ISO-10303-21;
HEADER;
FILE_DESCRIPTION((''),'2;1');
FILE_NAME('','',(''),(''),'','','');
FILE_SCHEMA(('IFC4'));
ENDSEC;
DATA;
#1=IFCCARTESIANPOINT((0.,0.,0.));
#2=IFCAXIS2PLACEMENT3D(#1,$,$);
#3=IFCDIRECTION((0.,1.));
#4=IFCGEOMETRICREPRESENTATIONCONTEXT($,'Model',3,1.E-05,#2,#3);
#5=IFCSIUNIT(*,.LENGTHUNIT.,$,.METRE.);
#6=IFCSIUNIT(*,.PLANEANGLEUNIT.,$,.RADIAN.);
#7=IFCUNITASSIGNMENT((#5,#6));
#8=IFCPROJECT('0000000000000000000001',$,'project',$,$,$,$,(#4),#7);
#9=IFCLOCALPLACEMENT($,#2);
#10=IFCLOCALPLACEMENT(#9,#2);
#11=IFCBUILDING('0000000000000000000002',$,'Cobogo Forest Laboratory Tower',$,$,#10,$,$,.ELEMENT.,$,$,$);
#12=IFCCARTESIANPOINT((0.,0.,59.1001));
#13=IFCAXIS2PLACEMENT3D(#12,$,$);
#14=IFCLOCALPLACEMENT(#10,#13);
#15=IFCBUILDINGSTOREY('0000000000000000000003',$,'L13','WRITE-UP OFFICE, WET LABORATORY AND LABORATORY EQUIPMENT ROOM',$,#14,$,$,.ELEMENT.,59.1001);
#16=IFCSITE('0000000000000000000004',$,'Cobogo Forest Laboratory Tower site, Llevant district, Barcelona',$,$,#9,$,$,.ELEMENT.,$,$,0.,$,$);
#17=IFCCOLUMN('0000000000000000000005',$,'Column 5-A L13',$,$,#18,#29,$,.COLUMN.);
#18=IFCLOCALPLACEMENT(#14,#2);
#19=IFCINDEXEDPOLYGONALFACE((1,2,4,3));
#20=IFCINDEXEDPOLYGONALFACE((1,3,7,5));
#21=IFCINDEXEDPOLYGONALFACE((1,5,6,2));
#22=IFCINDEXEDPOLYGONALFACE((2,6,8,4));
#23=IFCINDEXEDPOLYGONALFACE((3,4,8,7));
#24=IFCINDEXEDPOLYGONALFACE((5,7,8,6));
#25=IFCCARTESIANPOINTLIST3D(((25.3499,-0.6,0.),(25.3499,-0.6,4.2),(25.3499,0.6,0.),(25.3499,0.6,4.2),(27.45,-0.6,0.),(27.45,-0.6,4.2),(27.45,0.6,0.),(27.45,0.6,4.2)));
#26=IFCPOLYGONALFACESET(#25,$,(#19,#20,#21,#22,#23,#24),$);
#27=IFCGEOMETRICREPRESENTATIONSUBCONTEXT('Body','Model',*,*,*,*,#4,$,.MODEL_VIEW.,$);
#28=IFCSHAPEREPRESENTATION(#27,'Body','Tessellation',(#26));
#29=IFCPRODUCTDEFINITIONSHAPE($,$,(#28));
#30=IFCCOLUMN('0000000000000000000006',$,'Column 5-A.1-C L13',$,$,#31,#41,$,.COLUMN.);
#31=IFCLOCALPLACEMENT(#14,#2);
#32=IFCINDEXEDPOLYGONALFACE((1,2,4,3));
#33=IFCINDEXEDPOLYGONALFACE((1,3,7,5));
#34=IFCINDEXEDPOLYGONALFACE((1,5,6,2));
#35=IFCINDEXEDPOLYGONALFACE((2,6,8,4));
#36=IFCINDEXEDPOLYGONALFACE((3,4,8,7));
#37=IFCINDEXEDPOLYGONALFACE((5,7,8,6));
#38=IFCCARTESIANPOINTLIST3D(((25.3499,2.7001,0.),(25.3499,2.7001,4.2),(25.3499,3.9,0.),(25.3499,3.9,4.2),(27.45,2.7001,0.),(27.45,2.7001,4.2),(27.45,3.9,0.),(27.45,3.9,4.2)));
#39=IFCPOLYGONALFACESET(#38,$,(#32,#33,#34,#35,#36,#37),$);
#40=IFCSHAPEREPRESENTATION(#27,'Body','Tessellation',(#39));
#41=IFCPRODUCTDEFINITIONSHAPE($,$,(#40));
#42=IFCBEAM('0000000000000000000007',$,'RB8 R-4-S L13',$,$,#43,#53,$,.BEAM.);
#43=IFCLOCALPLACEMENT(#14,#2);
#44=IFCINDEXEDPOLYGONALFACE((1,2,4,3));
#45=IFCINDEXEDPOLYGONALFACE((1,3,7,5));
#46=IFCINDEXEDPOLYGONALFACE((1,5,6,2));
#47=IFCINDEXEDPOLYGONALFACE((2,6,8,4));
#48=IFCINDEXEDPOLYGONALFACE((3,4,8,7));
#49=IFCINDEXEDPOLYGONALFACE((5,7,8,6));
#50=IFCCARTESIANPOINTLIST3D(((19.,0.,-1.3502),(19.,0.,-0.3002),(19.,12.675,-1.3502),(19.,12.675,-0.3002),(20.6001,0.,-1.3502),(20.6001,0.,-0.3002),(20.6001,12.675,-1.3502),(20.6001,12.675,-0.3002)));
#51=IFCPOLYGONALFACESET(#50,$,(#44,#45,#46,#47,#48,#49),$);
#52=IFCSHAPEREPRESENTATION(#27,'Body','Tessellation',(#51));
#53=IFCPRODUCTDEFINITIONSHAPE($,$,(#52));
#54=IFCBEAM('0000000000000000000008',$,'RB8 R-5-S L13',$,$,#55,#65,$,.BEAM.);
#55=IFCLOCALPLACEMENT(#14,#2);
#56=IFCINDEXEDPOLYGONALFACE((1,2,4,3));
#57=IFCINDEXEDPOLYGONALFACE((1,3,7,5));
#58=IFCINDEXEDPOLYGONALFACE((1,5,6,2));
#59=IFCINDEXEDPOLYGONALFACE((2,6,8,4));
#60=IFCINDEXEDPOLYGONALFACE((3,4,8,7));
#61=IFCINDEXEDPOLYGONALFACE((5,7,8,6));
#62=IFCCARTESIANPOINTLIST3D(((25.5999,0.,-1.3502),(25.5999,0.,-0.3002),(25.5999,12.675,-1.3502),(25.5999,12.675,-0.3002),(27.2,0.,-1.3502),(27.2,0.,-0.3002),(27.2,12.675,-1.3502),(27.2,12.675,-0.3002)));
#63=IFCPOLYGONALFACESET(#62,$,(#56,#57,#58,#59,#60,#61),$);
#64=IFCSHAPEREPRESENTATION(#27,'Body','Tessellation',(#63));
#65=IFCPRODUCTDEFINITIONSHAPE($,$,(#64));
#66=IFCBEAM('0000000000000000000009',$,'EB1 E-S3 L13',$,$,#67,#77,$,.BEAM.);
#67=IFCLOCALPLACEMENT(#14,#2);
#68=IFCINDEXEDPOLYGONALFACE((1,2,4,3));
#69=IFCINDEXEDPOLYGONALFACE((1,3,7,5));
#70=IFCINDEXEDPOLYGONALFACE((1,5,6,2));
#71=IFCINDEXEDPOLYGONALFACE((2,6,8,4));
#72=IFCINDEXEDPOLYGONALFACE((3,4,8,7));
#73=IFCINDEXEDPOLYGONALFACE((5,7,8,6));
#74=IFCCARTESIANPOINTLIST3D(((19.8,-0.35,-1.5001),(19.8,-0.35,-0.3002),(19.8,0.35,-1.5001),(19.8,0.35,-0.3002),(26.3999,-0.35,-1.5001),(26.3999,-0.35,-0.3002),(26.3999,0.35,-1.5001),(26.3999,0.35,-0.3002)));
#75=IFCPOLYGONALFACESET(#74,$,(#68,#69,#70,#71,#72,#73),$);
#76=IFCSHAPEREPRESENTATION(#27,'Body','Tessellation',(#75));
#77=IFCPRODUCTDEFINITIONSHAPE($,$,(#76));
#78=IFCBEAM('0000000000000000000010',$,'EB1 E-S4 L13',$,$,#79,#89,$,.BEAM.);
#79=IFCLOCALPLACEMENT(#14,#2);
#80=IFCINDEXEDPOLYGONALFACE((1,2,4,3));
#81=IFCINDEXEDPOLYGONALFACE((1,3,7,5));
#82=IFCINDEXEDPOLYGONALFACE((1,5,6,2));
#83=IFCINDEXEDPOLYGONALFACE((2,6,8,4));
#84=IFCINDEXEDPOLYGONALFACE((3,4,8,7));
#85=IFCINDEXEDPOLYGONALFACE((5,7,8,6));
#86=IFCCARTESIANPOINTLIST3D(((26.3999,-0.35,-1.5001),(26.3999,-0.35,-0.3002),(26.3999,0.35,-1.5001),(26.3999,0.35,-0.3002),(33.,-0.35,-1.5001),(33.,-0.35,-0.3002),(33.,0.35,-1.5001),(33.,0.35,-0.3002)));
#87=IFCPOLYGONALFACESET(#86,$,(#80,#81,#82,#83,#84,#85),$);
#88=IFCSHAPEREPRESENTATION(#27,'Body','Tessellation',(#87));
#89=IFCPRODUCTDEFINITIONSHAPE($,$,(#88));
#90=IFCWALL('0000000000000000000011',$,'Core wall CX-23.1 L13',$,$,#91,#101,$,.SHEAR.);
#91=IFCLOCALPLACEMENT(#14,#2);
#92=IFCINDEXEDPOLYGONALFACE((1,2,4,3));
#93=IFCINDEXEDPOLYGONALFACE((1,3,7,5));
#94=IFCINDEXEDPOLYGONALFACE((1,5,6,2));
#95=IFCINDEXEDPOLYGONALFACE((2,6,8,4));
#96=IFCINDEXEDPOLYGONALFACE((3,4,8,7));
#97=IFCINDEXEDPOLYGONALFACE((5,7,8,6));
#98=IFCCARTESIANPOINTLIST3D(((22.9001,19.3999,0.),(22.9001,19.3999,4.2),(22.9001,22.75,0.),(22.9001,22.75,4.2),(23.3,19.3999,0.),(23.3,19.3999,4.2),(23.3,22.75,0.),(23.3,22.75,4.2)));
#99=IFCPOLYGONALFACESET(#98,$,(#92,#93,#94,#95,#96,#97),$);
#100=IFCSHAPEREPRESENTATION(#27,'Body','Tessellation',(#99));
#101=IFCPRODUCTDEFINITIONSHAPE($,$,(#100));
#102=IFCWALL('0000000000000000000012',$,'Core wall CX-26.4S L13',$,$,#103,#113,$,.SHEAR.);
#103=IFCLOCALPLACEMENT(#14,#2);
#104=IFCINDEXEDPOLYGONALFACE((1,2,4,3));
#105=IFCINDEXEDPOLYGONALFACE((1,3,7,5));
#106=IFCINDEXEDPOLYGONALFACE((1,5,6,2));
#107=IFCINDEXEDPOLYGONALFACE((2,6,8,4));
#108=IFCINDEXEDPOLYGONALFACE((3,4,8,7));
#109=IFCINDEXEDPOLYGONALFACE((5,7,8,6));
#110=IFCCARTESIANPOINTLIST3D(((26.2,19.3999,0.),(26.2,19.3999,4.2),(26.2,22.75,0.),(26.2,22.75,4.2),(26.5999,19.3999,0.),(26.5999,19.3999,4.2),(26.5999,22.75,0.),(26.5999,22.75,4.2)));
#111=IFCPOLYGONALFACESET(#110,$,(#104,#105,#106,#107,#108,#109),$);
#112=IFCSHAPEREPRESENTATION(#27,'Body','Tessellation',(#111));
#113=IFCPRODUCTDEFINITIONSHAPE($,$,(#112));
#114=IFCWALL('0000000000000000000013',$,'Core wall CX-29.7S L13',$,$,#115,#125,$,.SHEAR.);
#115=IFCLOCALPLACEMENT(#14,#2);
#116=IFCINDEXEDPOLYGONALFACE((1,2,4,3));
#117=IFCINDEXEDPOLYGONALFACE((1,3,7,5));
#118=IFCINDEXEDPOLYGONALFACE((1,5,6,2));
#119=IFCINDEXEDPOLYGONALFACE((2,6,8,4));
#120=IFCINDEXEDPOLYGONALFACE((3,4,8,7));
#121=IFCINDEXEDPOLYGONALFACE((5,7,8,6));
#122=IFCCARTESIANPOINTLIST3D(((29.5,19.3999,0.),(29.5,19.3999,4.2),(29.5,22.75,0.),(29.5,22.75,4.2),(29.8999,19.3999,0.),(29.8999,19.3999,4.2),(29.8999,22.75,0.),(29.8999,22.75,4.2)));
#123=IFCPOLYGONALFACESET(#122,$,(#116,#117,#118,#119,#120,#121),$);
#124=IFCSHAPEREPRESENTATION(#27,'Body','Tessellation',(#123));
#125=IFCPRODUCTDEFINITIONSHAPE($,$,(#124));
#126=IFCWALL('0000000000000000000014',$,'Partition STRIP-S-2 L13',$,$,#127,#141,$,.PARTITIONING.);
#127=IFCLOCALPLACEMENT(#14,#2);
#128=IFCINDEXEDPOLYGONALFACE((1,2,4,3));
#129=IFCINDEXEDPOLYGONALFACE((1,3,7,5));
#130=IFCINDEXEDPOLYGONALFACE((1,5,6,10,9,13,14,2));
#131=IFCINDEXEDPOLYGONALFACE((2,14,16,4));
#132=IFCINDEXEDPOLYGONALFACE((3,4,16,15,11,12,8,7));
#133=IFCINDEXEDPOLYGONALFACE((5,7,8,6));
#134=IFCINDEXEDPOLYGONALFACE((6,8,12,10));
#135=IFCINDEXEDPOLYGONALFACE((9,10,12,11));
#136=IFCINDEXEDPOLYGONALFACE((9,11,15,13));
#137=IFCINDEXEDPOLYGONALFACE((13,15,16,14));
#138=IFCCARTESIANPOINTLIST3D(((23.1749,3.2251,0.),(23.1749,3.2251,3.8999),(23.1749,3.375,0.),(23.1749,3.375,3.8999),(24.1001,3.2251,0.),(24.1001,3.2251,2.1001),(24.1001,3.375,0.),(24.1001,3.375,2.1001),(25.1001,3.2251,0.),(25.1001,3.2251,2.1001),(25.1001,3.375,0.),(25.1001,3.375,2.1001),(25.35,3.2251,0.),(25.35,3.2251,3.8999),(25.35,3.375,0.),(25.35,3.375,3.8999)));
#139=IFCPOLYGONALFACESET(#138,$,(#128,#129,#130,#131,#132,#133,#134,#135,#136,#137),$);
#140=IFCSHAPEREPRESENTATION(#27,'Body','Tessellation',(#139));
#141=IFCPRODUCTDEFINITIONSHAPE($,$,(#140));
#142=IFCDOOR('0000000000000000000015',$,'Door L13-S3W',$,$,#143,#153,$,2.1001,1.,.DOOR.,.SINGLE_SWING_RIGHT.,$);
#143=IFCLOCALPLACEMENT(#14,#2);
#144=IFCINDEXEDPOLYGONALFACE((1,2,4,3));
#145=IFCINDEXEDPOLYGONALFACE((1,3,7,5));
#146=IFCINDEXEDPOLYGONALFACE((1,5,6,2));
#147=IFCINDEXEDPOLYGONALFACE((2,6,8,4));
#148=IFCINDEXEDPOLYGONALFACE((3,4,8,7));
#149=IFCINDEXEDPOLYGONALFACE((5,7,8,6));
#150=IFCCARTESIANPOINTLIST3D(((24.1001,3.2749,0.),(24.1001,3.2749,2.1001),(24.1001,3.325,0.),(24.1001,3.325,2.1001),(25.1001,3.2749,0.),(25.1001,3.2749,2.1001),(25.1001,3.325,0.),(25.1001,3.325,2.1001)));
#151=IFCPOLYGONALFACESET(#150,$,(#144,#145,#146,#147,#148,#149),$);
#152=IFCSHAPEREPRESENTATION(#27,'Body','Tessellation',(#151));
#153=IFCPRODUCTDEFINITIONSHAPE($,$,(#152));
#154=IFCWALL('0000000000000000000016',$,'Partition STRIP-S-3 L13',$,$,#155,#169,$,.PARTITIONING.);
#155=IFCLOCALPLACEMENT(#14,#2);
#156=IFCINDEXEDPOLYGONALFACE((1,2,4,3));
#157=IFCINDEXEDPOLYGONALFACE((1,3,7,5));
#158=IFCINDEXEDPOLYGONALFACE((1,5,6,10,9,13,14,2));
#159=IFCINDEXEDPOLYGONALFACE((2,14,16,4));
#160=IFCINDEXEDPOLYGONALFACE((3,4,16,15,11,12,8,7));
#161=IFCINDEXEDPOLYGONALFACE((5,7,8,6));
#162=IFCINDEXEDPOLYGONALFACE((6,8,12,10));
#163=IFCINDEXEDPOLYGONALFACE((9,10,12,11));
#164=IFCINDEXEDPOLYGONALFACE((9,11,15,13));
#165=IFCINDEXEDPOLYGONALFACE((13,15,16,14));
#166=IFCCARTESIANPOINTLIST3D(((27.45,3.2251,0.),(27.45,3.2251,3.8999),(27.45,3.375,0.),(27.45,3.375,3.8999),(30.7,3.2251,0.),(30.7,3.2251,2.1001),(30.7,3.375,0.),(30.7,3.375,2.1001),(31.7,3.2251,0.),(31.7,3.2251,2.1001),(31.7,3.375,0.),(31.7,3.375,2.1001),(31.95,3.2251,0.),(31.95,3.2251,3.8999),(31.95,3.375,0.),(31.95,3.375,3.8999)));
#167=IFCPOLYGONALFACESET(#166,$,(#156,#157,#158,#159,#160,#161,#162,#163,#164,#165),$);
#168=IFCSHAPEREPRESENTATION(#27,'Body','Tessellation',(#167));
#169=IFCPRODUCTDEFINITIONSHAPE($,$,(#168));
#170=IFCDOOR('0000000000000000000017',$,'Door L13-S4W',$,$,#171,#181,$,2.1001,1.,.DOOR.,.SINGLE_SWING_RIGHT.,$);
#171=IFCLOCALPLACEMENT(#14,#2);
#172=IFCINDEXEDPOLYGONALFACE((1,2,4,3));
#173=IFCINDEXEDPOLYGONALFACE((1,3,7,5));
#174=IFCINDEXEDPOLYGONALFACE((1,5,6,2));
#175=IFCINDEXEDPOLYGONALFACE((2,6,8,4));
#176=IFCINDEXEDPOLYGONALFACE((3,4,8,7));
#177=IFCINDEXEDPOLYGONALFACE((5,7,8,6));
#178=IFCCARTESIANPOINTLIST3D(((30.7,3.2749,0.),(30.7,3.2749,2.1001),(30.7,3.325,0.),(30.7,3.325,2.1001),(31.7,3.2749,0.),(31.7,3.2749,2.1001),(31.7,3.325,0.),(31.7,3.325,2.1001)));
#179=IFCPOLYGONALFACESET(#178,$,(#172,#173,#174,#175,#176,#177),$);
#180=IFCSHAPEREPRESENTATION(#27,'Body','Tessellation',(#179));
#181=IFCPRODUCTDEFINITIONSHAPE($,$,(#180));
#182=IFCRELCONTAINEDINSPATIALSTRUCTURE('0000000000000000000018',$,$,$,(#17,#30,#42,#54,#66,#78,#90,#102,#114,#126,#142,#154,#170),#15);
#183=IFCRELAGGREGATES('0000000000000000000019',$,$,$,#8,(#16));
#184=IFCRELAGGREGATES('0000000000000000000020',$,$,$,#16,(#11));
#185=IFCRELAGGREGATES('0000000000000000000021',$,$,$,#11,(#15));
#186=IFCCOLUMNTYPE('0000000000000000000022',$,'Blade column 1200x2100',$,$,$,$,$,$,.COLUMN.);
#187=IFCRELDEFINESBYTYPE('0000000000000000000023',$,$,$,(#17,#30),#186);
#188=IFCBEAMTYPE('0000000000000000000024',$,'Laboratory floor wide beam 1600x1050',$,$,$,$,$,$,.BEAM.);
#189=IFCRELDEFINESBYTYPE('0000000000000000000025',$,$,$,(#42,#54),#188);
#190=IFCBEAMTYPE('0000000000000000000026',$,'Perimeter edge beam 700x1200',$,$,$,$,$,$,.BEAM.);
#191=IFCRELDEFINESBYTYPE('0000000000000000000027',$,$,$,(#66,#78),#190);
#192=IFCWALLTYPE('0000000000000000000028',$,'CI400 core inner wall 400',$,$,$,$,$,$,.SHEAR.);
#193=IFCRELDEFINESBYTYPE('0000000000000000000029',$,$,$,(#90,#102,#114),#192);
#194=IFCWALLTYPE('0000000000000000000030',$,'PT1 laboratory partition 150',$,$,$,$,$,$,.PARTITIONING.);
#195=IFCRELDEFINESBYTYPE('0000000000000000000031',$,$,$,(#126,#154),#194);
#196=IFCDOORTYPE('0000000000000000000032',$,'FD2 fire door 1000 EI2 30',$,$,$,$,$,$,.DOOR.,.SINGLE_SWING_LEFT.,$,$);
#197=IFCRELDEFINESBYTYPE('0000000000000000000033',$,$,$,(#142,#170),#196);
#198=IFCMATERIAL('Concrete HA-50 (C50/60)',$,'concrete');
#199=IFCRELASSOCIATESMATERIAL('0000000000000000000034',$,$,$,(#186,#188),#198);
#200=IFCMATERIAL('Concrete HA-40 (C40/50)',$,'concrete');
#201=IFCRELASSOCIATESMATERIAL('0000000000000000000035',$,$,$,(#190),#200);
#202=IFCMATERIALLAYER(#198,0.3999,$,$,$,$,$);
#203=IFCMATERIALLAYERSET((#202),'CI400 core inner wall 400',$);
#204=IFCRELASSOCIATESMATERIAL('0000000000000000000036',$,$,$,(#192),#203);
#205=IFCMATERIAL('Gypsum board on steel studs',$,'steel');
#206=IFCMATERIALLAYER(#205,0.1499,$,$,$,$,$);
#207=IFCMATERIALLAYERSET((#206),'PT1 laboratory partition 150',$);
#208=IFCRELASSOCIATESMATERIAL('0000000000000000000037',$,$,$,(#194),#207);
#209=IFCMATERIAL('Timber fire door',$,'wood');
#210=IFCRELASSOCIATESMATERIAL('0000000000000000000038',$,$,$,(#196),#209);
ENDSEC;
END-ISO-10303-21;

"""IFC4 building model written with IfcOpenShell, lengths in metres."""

from ifc_helpers import new_model, si_unit, direction, frame, frame_2d, origin, origin_2d, place, context, subcontext, project, spatial, rectangle, extrude, material, layer, layer_set, material_profile, profile_set, type_object, element, fill, save


model = new_model("IFC4")

# Units and contexts
model_context = context("Model", 3, precision=1e-05, world=origin(), true_north=direction((0.0, 1.0)))
body_context = subcontext(model_context, "Body", "Model", "MODEL_VIEW")
ifc_project = project(units=[si_unit("LENGTHUNIT", "METRE"), si_unit("PLANEANGLEUNIT", "RADIAN")], contexts=[model_context])

# Site, building, storey
site_placement = place(None, origin())
site = spatial("IfcSite", under=ifc_project, at=site_placement, Name="Cobogo Forest Laboratory Tower site, Llevant district, Barcelona", CompositionType="ELEMENT", RefElevation=0.0)
building_placement = place(site_placement, origin())
building = spatial("IfcBuilding", under=site, at=building_placement, Name="Cobogo Forest Laboratory Tower", CompositionType="ELEMENT")
storey_placement = place(building_placement, frame((0.0, 0.0, 59.1001)))
storey = spatial("IfcBuildingStorey", under=building, at=storey_placement, Name="L13", Description="WRITE-UP OFFICE, WET LABORATORY AND LABORATORY EQUIPMENT ROOM", CompositionType="ELEMENT", Elevation=59.1001)

# Columns
ifc_material_1 = material(Name="Concrete HA-50 (C50/60)", Category="concrete")
ifc_material_profile_1 = material_profile(ifc_material_1, rectangle(XDim=2.1001, YDim=1.2, at=origin_2d()), Name="RC 1200x2100")
ifc_profile_set_1 = profile_set([ifc_material_profile_1], Name="Concrete HA-50 (C50/60)")
column_type = type_object("IfcColumnType", Name="Blade column 1200x2100", PredefinedType="COLUMN", material=ifc_profile_set_1)
for number, where, z_axis, x_axis, name in (
    (1, (26.3999, 0.0, 0.0), (0.0, 0.0, 1.0), (1.0, 0.0, 0.0), "Column 5-A L13"),
    (2, (26.3999, 3.3, 0.0), (0.0, 0.0, 1.0), (1.0, 0.0, 0.0), "Column 5-A.1-C L13"),
):
    element("IfcColumn", number, at=place(storey_placement, frame(where, z_axis=z_axis, x_axis=x_axis)), inside=storey, type_object=column_type, Name=name, PredefinedType="COLUMN", context=body_context, shape_type="SweptSolid", body=[
        extrude(rectangle(XDim=2.1001, YDim=1.2, at=origin_2d()), origin(), (0.0, 0.0, 1.0), 4.2),
    ])

# Beams
ifc_material_profile_2 = material_profile(ifc_material_1, rectangle(XDim=1.6001, YDim=1.05, at=origin_2d()), Name="RC 1600x1050")
ifc_profile_set_2 = profile_set([ifc_material_profile_2], Name="Concrete HA-50 (C50/60)")
beam_type_1 = type_object("IfcBeamType", Name="Laboratory floor wide beam 1600x1050", PredefinedType="BEAM", material=ifc_profile_set_2)
for number, where, z_axis, x_axis, name in (
    (3, (19.8, 12.675, -0.8252), (0.0, -1.0, 0.0), (1.0, 0.0, 0.0), "RB8 R-4-S L13"),
    (4, (26.3999, 12.675, -0.8252), (0.0, -1.0, 0.0), (1.0, 0.0, 0.0), "RB8 R-5-S L13"),
):
    element("IfcBeam", number, at=place(storey_placement, frame(where, z_axis=z_axis, x_axis=x_axis)), inside=storey, type_object=beam_type_1, Name=name, PredefinedType="BEAM", context=body_context, shape_type="SweptSolid", body=[
        extrude(rectangle(XDim=1.6001, YDim=1.05, at=origin_2d()), origin(), (0.0, 0.0, 1.0), 12.675),
    ])
ifc_material_2 = material(Name="Concrete HA-40 (C40/50)", Category="concrete")
ifc_material_profile_3 = material_profile(ifc_material_2, rectangle(XDim=0.7, YDim=1.2, at=origin_2d()), Name="RC 700x1200")
ifc_profile_set_3 = profile_set([ifc_material_profile_3], Name="Concrete HA-40 (C40/50)")
beam_type_2 = type_object("IfcBeamType", Name="Perimeter edge beam 700x1200", PredefinedType="BEAM", material=ifc_profile_set_3)
beam_1_placement = place(storey_placement, frame((19.8, 0.0, -0.9001), z_axis=(1.0, 0.0, 0.0), x_axis=(0.0, 1.0, 0.0)))
element("IfcBeam", 5, at=beam_1_placement, inside=storey, type_object=beam_type_2, Name="EB1 E-S3 L13", PredefinedType="BEAM", context=body_context, shape_type="SweptSolid", body=[
    extrude(rectangle(XDim=0.7, YDim=1.2, at=origin_2d()), origin(), (0.0, 0.0, 1.0), 6.5999),
])
beam_2_placement = place(storey_placement, frame((26.3999, 0.0, -0.9001), z_axis=(1.0, 0.0, 0.0), x_axis=(0.0, 1.0, 0.0)))
element("IfcBeam", 6, at=beam_2_placement, inside=storey, type_object=beam_type_2, Name="EB1 E-S4 L13", PredefinedType="BEAM", context=body_context, shape_type="SweptSolid", body=[
    extrude(rectangle(XDim=0.7, YDim=1.2, at=origin_2d()), origin(), (0.0, 0.0, 1.0), 6.6001),
])

# Walls
ifc_layer_1 = layer(ifc_material_1, 0.3999)
ifc_layer_set_1 = layer_set([ifc_layer_1], Name="CI400 core inner wall 400")
wall_type_1 = type_object("IfcWallType", Name="CI400 core inner wall 400", PredefinedType="SHEAR", material=ifc_layer_set_1)
for number, where, z_axis, x_axis, name in (
    (7, (23.1001, 19.3999, 0.0), (0.0, 0.0, 1.0), (0.0, 1.0, 0.0), "Core wall CX-23.1 L13"),
    (8, (26.3999, 19.3999, 0.0), (0.0, 0.0, 1.0), (0.0, 1.0, 0.0), "Core wall CX-26.4S L13"),
    (9, (29.7, 19.3999, 0.0), (0.0, 0.0, 1.0), (0.0, 1.0, 0.0), "Core wall CX-29.7S L13"),
):
    element("IfcWall", number, at=place(storey_placement, frame(where, z_axis=z_axis, x_axis=x_axis)), inside=storey, type_object=wall_type_1, Name=name, PredefinedType="SHEAR", context=body_context, shape_type="SweptSolid", body=[
        extrude(rectangle(XDim=3.3501, YDim=0.3999, at=frame_2d((1.675, 0.0))), origin(), (0.0, 0.0, 1.0), 4.2),
    ])

# Walls, openings, doors
ifc_material_3 = material(Name="Gypsum board on steel studs", Category="steel")
ifc_layer_2 = layer(ifc_material_3, 0.1499)
ifc_layer_set_2 = layer_set([ifc_layer_2], Name="PT1 laboratory partition 150")
wall_type_2 = type_object("IfcWallType", Name="PT1 laboratory partition 150", PredefinedType="PARTITIONING", material=ifc_layer_set_2)
wall_1_placement = place(storey_placement, frame((23.175, 3.3, 0.0), z_axis=(0.0, 0.0, 1.0), x_axis=(1.0, 0.0, 0.0)))
wall_1 = element("IfcWall", 10, at=wall_1_placement, inside=storey, type_object=wall_type_2, Name="Partition STRIP-S-2 L13", PredefinedType="PARTITIONING", context=body_context, shape_type="SweptSolid", body=[
    extrude(rectangle(XDim=2.175, YDim=0.1499, at=frame_2d((1.0874, 0.0))), origin(), (0.0, 0.0, 1.0), 3.8999),
])
opening_1_placement = place(wall_1_placement, frame((0.925, 0.0, 0.0)))
opening_1 = element("IfcOpeningElement", 11, at=opening_1_placement, cuts=wall_1, PredefinedType="OPENING", context=body_context, shape_type="SweptSolid", body=[
    extrude(rectangle(XDim=1.0, YDim=2.1001, at=frame_2d((0.5, 1.05))), frame((0.0, 0.085, 0.0), z_axis=(0.0, -1.0, 0.0), x_axis=(1.0, 0.0, 0.0)), (0.0, 0.0, 1.0), 0.1699),
])
ifc_material_4 = material(Name="Timber fire door", Category="wood")
door_type = type_object("IfcDoorType", Name="FD2 fire door 1000 EI2 30", OperationType="SINGLE_SWING_LEFT", PredefinedType="DOOR", material=ifc_material_4)
door_1_placement = place(opening_1_placement, origin())
door_1 = element("IfcDoor", 12, at=door_1_placement, inside=storey, type_object=door_type, Name="Door L13-S3W", OperationType="SINGLE_SWING_RIGHT", OverallHeight=2.1001, OverallWidth=1.0, PredefinedType="DOOR", context=body_context, shape_type="SweptSolid", body=[
    extrude(rectangle(XDim=1.0, YDim=2.1001, at=frame_2d((0.5, 1.05))), frame((0.0, 0.0249, 0.0), z_axis=(0.0, -1.0, 0.0), x_axis=(1.0, 0.0, 0.0)), (0.0, 0.0, 1.0), 0.05),
])
fill(opening_1, door_1)
wall_2_placement = place(storey_placement, frame((27.45, 3.3, 0.0), z_axis=(0.0, 0.0, 1.0), x_axis=(1.0, 0.0, 0.0)))
wall_2 = element("IfcWall", 13, at=wall_2_placement, inside=storey, type_object=wall_type_2, Name="Partition STRIP-S-3 L13", PredefinedType="PARTITIONING", context=body_context, shape_type="SweptSolid", body=[
    extrude(rectangle(XDim=4.5, YDim=0.1499, at=frame_2d((2.25, 0.0))), origin(), (0.0, 0.0, 1.0), 3.8999),
])
opening_2_placement = place(wall_2_placement, frame((3.25, 0.0, 0.0)))
opening_2 = element("IfcOpeningElement", 14, at=opening_2_placement, cuts=wall_2, PredefinedType="OPENING", context=body_context, shape_type="SweptSolid", body=[
    extrude(rectangle(XDim=1.0, YDim=2.1001, at=frame_2d((0.5, 1.05))), frame((0.0, 0.085, 0.0), z_axis=(0.0, -1.0, 0.0), x_axis=(1.0, 0.0, 0.0)), (0.0, 0.0, 1.0), 0.1699),
])
door_2_placement = place(opening_2_placement, origin())
door_2 = element("IfcDoor", 15, at=door_2_placement, inside=storey, type_object=door_type, Name="Door L13-S4W", OperationType="SINGLE_SWING_RIGHT", OverallHeight=2.1001, OverallWidth=1.0, PredefinedType="DOOR", context=body_context, shape_type="SweptSolid", body=[
    extrude(rectangle(XDim=1.0, YDim=2.1001, at=frame_2d((0.5, 1.05))), frame((0.0, 0.0249, 0.0), z_axis=(0.0, -1.0, 0.0), x_axis=(1.0, 0.0, 0.0)), (0.0, 0.0, 1.0), 0.05),
])
fill(opening_2, door_2)

save(model, "model.ifc")
